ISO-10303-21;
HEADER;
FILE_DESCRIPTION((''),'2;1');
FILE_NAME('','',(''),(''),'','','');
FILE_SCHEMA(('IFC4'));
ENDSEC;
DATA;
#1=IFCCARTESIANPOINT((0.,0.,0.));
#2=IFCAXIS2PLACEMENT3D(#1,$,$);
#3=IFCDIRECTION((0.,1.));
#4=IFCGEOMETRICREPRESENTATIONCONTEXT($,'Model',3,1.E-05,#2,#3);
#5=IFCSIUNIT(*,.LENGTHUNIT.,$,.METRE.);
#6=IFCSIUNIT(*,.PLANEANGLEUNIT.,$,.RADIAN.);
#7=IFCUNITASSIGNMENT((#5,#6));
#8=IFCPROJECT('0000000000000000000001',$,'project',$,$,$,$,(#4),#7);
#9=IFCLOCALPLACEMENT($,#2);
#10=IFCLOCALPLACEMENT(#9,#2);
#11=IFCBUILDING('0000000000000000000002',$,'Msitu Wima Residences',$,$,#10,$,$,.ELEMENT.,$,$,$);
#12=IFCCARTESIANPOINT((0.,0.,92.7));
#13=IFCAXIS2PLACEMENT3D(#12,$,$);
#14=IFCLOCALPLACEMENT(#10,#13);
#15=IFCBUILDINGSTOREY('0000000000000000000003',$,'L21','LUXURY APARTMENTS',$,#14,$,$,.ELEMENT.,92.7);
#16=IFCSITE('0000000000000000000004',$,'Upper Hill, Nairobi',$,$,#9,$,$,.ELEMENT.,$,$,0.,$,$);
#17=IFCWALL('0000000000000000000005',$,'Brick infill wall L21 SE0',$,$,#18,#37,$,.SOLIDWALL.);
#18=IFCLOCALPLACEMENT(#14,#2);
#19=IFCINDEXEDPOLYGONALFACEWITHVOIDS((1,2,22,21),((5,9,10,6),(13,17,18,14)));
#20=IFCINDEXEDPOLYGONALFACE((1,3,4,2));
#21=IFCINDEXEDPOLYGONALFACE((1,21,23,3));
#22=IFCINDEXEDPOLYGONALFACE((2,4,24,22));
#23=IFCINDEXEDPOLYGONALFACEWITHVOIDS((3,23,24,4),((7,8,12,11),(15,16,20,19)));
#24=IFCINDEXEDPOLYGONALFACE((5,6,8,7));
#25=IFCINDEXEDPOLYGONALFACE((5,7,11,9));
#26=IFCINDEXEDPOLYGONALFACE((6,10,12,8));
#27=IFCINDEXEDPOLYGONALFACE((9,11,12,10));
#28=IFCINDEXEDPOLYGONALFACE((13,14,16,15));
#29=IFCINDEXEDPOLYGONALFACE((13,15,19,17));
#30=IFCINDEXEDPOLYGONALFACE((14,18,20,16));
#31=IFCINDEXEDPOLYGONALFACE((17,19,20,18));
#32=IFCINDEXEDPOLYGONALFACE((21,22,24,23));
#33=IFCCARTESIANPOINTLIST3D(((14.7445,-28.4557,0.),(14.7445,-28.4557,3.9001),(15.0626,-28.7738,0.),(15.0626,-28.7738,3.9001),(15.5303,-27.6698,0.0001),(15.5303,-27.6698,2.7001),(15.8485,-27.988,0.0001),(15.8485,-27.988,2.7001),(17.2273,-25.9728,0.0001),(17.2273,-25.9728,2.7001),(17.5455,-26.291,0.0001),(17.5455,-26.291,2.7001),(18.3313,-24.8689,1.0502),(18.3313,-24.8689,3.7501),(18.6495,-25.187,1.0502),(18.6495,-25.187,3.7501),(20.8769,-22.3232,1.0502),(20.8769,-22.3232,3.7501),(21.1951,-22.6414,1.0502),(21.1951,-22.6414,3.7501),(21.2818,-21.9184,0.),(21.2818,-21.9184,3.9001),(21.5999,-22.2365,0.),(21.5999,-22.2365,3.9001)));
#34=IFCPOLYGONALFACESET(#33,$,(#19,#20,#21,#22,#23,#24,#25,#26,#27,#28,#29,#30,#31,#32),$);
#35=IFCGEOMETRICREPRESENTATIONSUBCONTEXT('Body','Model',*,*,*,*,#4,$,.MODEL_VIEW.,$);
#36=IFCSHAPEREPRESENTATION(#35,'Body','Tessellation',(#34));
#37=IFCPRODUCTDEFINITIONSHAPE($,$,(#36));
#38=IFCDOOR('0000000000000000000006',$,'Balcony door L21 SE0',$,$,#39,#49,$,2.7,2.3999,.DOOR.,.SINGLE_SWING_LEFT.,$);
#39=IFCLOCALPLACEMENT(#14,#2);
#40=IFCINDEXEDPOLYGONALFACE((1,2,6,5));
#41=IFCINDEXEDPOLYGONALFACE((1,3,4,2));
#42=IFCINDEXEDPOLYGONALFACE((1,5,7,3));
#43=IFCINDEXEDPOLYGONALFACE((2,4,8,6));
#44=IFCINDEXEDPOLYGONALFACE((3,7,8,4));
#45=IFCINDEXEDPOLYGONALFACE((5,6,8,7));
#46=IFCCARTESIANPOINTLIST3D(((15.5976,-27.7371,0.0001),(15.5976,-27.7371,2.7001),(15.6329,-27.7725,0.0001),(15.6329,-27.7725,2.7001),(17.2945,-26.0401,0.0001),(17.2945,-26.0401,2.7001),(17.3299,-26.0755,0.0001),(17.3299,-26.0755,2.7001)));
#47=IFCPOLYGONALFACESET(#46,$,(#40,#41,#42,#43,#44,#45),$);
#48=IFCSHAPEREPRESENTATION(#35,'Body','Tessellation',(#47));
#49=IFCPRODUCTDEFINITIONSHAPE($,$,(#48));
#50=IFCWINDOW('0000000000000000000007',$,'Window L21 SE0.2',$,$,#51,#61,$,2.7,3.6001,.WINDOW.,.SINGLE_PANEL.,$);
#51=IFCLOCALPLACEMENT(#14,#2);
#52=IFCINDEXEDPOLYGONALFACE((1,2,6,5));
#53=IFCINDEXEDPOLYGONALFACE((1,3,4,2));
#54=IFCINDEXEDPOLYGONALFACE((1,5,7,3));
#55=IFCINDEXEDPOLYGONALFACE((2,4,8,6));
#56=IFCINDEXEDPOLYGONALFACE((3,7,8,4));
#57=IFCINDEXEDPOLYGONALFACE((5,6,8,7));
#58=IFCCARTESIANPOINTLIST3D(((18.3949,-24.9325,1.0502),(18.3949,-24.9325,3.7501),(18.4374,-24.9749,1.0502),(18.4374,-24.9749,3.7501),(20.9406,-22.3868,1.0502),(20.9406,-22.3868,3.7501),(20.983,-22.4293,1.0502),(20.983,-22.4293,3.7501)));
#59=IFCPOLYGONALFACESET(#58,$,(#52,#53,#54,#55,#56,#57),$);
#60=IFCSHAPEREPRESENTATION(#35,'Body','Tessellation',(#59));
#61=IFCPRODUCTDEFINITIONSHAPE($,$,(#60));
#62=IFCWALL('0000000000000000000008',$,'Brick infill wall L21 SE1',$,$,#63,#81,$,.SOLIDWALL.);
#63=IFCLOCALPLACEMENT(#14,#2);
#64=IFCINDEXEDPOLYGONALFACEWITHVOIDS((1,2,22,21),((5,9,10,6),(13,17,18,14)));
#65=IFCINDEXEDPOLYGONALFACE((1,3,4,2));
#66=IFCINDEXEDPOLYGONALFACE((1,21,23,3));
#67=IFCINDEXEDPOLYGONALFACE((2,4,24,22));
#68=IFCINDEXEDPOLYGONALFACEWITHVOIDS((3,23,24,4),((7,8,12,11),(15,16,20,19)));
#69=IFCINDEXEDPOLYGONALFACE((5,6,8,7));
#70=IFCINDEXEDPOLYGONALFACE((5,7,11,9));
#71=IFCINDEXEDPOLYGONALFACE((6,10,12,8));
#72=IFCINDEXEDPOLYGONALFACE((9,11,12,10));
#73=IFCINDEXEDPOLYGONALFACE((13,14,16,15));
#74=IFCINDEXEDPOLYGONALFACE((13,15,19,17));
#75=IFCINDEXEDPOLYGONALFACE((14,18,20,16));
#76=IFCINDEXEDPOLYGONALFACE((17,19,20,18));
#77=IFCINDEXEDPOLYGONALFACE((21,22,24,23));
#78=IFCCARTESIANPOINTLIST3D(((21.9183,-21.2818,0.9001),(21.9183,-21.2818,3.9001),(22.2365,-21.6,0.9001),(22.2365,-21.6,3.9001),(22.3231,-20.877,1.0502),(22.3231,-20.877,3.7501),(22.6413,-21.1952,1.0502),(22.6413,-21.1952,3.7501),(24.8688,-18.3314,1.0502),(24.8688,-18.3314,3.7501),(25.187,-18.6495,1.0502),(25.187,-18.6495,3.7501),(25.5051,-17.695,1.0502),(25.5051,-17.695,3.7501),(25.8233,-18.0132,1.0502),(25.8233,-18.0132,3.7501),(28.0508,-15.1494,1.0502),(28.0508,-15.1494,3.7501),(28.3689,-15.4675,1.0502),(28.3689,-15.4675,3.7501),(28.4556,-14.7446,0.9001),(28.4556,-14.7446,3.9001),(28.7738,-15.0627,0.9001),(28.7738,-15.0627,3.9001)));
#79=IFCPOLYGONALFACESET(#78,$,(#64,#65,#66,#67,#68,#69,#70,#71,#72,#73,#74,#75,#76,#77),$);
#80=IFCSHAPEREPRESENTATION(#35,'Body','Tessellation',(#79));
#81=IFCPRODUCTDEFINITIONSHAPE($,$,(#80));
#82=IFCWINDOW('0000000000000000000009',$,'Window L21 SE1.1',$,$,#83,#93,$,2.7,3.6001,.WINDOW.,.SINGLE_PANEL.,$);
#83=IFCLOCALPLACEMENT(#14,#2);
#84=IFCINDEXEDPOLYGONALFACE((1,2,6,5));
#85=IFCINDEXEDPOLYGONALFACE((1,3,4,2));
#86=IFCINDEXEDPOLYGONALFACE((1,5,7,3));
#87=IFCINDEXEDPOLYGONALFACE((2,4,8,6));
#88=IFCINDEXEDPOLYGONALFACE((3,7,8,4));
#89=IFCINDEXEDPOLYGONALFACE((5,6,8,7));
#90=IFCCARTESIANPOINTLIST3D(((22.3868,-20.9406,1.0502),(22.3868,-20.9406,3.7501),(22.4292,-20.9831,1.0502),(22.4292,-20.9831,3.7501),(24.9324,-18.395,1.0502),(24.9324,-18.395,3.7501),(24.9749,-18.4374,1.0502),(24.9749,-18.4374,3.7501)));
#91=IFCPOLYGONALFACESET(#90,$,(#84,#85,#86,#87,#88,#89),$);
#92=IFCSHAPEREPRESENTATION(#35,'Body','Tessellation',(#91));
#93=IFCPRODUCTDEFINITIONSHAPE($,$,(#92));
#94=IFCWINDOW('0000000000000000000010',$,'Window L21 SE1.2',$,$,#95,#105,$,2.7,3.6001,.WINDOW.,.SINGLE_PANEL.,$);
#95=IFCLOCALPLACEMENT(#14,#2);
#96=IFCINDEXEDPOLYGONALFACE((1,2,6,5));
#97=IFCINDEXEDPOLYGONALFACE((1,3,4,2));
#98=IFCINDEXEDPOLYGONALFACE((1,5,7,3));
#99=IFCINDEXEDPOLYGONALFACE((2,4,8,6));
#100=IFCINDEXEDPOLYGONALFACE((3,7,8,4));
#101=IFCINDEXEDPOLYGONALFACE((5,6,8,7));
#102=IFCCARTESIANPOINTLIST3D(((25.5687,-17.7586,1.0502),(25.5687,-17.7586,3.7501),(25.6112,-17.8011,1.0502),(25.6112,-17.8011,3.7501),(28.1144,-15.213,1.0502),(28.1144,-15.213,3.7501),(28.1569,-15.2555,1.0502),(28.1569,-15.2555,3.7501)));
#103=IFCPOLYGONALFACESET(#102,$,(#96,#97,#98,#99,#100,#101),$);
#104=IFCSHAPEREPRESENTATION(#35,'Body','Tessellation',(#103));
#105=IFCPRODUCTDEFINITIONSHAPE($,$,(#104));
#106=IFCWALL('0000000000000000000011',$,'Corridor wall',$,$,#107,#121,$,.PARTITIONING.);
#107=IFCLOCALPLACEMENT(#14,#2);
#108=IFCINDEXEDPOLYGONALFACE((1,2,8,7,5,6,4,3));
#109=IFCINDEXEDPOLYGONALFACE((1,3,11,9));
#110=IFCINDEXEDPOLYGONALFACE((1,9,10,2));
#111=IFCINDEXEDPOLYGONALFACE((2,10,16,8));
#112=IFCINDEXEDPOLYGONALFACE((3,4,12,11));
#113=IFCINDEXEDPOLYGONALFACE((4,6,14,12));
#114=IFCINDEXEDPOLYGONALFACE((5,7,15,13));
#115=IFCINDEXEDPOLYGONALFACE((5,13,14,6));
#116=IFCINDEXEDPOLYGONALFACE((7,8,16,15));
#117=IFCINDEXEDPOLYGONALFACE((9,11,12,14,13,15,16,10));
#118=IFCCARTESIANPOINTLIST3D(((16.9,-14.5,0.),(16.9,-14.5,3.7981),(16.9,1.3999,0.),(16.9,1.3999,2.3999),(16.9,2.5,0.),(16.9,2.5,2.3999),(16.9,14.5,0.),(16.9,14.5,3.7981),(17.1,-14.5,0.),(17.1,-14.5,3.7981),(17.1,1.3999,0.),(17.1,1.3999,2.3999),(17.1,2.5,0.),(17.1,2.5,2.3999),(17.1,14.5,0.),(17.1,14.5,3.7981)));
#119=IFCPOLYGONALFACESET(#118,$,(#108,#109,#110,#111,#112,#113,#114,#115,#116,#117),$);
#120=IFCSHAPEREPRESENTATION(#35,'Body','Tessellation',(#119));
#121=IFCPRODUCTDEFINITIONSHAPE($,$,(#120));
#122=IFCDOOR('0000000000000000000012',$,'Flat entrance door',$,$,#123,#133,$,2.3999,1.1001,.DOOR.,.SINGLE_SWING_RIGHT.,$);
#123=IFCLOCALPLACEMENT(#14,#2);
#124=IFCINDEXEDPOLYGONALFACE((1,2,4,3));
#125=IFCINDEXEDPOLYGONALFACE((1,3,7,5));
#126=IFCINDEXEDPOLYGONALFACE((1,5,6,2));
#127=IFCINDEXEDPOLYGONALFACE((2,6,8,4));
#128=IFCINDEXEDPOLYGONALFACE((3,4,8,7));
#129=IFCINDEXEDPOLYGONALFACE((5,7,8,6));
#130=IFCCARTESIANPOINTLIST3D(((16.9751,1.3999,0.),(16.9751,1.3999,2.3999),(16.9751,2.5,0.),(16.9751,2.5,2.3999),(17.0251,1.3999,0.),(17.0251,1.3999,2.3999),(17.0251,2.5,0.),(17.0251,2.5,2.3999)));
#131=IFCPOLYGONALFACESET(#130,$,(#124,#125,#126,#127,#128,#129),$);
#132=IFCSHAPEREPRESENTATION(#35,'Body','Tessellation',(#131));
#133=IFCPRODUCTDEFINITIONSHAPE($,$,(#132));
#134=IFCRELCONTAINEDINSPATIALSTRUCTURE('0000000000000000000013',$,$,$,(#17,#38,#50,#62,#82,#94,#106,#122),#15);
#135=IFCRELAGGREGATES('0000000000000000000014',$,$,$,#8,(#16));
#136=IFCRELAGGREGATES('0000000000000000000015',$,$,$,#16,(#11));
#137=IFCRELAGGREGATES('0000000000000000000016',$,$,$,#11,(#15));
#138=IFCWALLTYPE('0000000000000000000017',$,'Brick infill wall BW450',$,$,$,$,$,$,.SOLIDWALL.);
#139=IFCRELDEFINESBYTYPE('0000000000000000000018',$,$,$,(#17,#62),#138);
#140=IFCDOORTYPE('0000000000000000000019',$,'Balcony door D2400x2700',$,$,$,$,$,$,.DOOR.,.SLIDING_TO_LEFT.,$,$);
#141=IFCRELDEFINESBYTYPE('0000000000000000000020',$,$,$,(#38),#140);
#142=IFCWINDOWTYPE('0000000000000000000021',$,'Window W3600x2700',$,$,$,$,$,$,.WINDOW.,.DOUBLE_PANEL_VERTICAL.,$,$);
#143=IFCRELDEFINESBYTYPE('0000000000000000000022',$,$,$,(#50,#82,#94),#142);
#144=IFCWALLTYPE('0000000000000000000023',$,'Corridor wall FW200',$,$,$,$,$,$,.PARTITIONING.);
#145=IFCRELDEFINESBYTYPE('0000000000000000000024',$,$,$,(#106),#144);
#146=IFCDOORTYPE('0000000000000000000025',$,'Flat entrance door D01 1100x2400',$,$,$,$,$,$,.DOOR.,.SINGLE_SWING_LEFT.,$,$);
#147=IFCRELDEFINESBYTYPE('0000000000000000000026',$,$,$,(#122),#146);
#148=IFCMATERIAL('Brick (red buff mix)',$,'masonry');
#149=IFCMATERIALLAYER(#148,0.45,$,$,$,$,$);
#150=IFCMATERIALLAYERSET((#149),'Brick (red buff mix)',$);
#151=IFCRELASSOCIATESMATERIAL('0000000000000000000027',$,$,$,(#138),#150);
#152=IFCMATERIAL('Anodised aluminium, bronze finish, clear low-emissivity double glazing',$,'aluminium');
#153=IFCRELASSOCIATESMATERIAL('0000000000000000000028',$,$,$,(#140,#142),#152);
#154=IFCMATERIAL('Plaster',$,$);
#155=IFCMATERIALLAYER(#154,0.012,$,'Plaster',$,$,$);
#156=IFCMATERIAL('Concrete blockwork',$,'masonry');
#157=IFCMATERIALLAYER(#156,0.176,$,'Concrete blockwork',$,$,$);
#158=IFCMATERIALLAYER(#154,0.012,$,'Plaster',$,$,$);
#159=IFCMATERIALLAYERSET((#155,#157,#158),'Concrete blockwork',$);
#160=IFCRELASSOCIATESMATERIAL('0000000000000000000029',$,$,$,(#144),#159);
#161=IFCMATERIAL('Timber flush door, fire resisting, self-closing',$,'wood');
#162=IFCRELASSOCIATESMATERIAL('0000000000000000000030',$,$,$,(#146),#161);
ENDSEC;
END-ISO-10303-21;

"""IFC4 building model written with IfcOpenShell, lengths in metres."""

from ifc_helpers import new_model, si_unit, direction, frame, frame_2d, origin, place, context, subcontext, project, spatial, rectangle, extrude, material, layer, layer_set, type_object, element, fill, save


model = new_model("IFC4")

# Units and contexts
model_context = context("Model", 3, precision=1e-05, world=origin(), true_north=direction((0.0, 1.0)))
body_context = subcontext(model_context, "Body", "Model", "MODEL_VIEW")
ifc_project = project(units=[si_unit("LENGTHUNIT", "METRE"), si_unit("PLANEANGLEUNIT", "RADIAN")], contexts=[model_context])

# Site, building, storey
site_placement = place(None, origin())
site = spatial("IfcSite", under=ifc_project, at=site_placement, Name="Upper Hill, Nairobi", CompositionType="ELEMENT", RefElevation=0.0)
building_placement = place(site_placement, origin())
building = spatial("IfcBuilding", under=site, at=building_placement, Name="Msitu Wima Residences", CompositionType="ELEMENT")
storey_placement = place(building_placement, frame((0.0, 0.0, 92.7)))
storey = spatial("IfcBuildingStorey", under=building, at=storey_placement, Name="L21", Description="LUXURY APARTMENTS", CompositionType="ELEMENT", Elevation=92.7)

# Wall, openings, door, window
ifc_material_1 = material(Name="Brick (red buff mix)", Category="masonry")
ifc_layer_1 = layer(ifc_material_1, 0.45)
ifc_layer_set_1 = layer_set([ifc_layer_1], Name="Brick (red buff mix)")
wall_type_1 = type_object("IfcWallType", Name="Brick infill wall BW450", PredefinedType="SOLIDWALL", material=ifc_layer_set_1)
wall_1_placement = place(storey_placement, frame((14.9036, -28.6147, 0.0), z_axis=(0.0, 0.0, 1.0), x_axis=(0.707107, 0.707107, 0.0)))
wall_1 = element("IfcWall", 1, at=wall_1_placement, inside=storey, type_object=wall_type_1, Name="Brick infill wall L21 SE0", PredefinedType="SOLIDWALL", context=body_context, shape_type="SweptSolid", body=[
    extrude(rectangle(XDim=9.2451, YDim=0.45, at=frame_2d((4.6226, 0.0))), origin(), (0.0, 0.0, 1.0), 3.9001),
])
opening_1_placement = place(wall_1_placement, frame((1.1113, 0.0, 0.0)))
opening_1 = element("IfcOpeningElement", 2, at=opening_1_placement, cuts=wall_1, PredefinedType="OPENING", context=body_context, shape_type="SweptSolid", body=[
    extrude(rectangle(XDim=2.3999, YDim=2.7, at=frame_2d((1.2, 1.3501))), frame((0.0, 0.2349, 0.0), z_axis=(0.0, -1.0, 0.0), x_axis=(1.0, 0.0, 0.0)), (0.0, 0.0, 1.0), 0.47),
])
opening_2_placement = place(wall_1_placement, frame((5.0725, 0.0, 1.05)))
opening_2 = element("IfcOpeningElement", 3, at=opening_2_placement, cuts=wall_1, PredefinedType="OPENING", context=body_context, shape_type="SweptSolid", body=[
    extrude(rectangle(XDim=3.6001, YDim=2.7, at=frame_2d((1.8, 1.3501))), frame((0.0, 0.2349, 0.0), z_axis=(0.0, -1.0, 0.0), x_axis=(1.0, 0.0, 0.0)), (0.0, 0.0, 1.0), 0.47),
])
ifc_material_2 = material(Name="Anodised aluminium, bronze finish, clear low-emissivity double glazing", Category="aluminium")
door_type_1 = type_object("IfcDoorType", Name="Balcony door D2400x2700", OperationType="SLIDING_TO_LEFT", PredefinedType="DOOR", material=ifc_material_2)
door_1_placement = place(opening_1_placement, origin())
door_1 = element("IfcDoor", 4, at=door_1_placement, inside=storey, type_object=door_type_1, Name="Balcony door L21 SE0", OperationType="SINGLE_SWING_LEFT", OverallHeight=2.7, OverallWidth=2.3999, PredefinedType="DOOR", context=body_context, shape_type="SweptSolid", body=[
    extrude(rectangle(XDim=2.3999, YDim=2.7, at=frame_2d((1.2, 1.3501))), frame((0.0, 0.1299, 0.0), z_axis=(0.0, -1.0, 0.0), x_axis=(1.0, 0.0, 0.0)), (0.0, 0.0, 1.0), 0.05),
])
fill(opening_1, door_1)
window_type = type_object("IfcWindowType", Name="Window W3600x2700", PartitioningType="DOUBLE_PANEL_VERTICAL", PredefinedType="WINDOW", material=ifc_material_2)
window_1_placement = place(opening_2_placement, origin())
window_1 = element("IfcWindow", 5, at=window_1_placement, inside=storey, type_object=window_type, Name="Window L21 SE0.2", OverallHeight=2.7, OverallWidth=3.6001, PartitioningType="SINGLE_PANEL", PredefinedType="WINDOW", context=body_context, shape_type="SweptSolid", body=[
    extrude(rectangle(XDim=3.6001, YDim=2.7, at=frame_2d((1.8, 1.3501))), frame((0.0, 0.135, 0.0), z_axis=(0.0, -1.0, 0.0), x_axis=(1.0, 0.0, 0.0)), (0.0, 0.0, 1.0), 0.0601),
])
fill(opening_2, window_1)

# Wall, openings, windows
wall_2_placement = place(storey_placement, frame((22.0774, -21.4409, 0.9001), z_axis=(0.0, 0.0, 1.0), x_axis=(0.707107, 0.707107, 0.0)))
wall_2 = element("IfcWall", 6, at=wall_2_placement, inside=storey, type_object=wall_type_1, Name="Brick infill wall L21 SE1", PredefinedType="SOLIDWALL", context=body_context, shape_type="SweptSolid", body=[
    extrude(rectangle(XDim=9.2451, YDim=0.45, at=frame_2d((4.6226, 0.0))), origin(), (0.0, 0.0, 1.0), 3.0),
])
opening_3_placement = place(wall_2_placement, frame((0.5725, 0.0, 0.1499)))
opening_3 = element("IfcOpeningElement", 7, at=opening_3_placement, cuts=wall_2, PredefinedType="OPENING", context=body_context, shape_type="SweptSolid", body=[
    extrude(rectangle(XDim=3.6001, YDim=2.7, at=frame_2d((1.8, 1.3501))), frame((0.0, 0.2349, 0.0), z_axis=(0.0, -1.0, 0.0), x_axis=(1.0, 0.0, 0.0)), (0.0, 0.0, 1.0), 0.47),
])
opening_4_placement = place(wall_2_placement, frame((5.0725, 0.0, 0.1499)))
opening_4 = element("IfcOpeningElement", 8, at=opening_4_placement, cuts=wall_2, PredefinedType="OPENING", context=body_context, shape_type="SweptSolid", body=[
    extrude(rectangle(XDim=3.6001, YDim=2.7, at=frame_2d((1.8, 1.3501))), frame((0.0, 0.2349, 0.0), z_axis=(0.0, -1.0, 0.0), x_axis=(1.0, 0.0, 0.0)), (0.0, 0.0, 1.0), 0.47),
])
window_2_placement = place(opening_3_placement, origin())
window_2 = element("IfcWindow", 9, at=window_2_placement, inside=storey, type_object=window_type, Name="Window L21 SE1.1", OverallHeight=2.7, OverallWidth=3.6001, PartitioningType="SINGLE_PANEL", PredefinedType="WINDOW", context=body_context, shape_type="SweptSolid", body=[
    extrude(rectangle(XDim=3.6001, YDim=2.7, at=frame_2d((1.8, 1.3501))), frame((0.0, 0.135, 0.0), z_axis=(0.0, -1.0, 0.0), x_axis=(1.0, 0.0, 0.0)), (0.0, 0.0, 1.0), 0.0601),
])
fill(opening_3, window_2)
window_3_placement = place(opening_4_placement, origin())
window_3 = element("IfcWindow", 10, at=window_3_placement, inside=storey, type_object=window_type, Name="Window L21 SE1.2", OverallHeight=2.7, OverallWidth=3.6001, PartitioningType="SINGLE_PANEL", PredefinedType="WINDOW", context=body_context, shape_type="SweptSolid", body=[
    extrude(rectangle(XDim=3.6001, YDim=2.7, at=frame_2d((1.8, 1.3501))), frame((0.0, 0.135, 0.0), z_axis=(0.0, -1.0, 0.0), x_axis=(1.0, 0.0, 0.0)), (0.0, 0.0, 1.0), 0.0601),
])
fill(opening_4, window_3)

# Wall, opening, door
ifc_material_3 = material(Name="Plaster")
ifc_layer_2 = layer(ifc_material_3, 0.012, Name="Plaster")
ifc_material_4 = material(Name="Concrete blockwork", Category="masonry")
ifc_layer_3 = layer(ifc_material_4, 0.176, Name="Concrete blockwork")
ifc_layer_4 = layer(ifc_material_3, 0.012, Name="Plaster")
ifc_layer_set_2 = layer_set([ifc_layer_2, ifc_layer_3, ifc_layer_4], Name="Concrete blockwork")
wall_type_2 = type_object("IfcWallType", Name="Corridor wall FW200", PredefinedType="PARTITIONING", material=ifc_layer_set_2)
wall_3_placement = place(storey_placement, frame((17.0, -14.5, 0.0), z_axis=(0.0, 0.0, 1.0), x_axis=(0.0, 1.0, 0.0)))
wall_3 = element("IfcWall", 11, at=wall_3_placement, inside=storey, type_object=wall_type_2, Name="Corridor wall", PredefinedType="PARTITIONING", context=body_context, shape_type="SweptSolid", body=[
    extrude(rectangle(XDim=29.0, YDim=0.2, at=frame_2d((14.5, 0.0))), origin(), (0.0, 0.0, 1.0), 3.7981),
])
opening_5_placement = place(wall_3_placement, frame((15.8999, 0.0, 0.0)))
opening_5 = element("IfcOpeningElement", 12, at=opening_5_placement, cuts=wall_3, PredefinedType="OPENING", context=body_context, shape_type="SweptSolid", body=[
    extrude(rectangle(XDim=1.1001, YDim=2.3999, at=frame_2d((0.55, 1.2))), frame((0.0, 0.1099, 0.0), z_axis=(0.0, -1.0, 0.0), x_axis=(1.0, 0.0, 0.0)), (0.0, 0.0, 1.0), 0.22),
])
ifc_material_5 = material(Name="Timber flush door, fire resisting, self-closing", Category="wood")
door_type_2 = type_object("IfcDoorType", Name="Flat entrance door D01 1100x2400", OperationType="SINGLE_SWING_LEFT", PredefinedType="DOOR", material=ifc_material_5)
door_2_placement = place(opening_5_placement, origin())
door_2 = element("IfcDoor", 13, at=door_2_placement, inside=storey, type_object=door_type_2, Name="Flat entrance door", OperationType="SINGLE_SWING_RIGHT", OverallHeight=2.3999, OverallWidth=1.1001, PredefinedType="DOOR", context=body_context, shape_type="SweptSolid", body=[
    extrude(rectangle(XDim=1.1001, YDim=2.3999, at=frame_2d((0.55, 1.2))), frame((0.0, 0.0249, 0.0), z_axis=(0.0, -1.0, 0.0), x_axis=(1.0, 0.0, 0.0)), (0.0, 0.0, 1.0), 0.05),
])
fill(opening_5, door_2)

save(model, "model.ifc")
